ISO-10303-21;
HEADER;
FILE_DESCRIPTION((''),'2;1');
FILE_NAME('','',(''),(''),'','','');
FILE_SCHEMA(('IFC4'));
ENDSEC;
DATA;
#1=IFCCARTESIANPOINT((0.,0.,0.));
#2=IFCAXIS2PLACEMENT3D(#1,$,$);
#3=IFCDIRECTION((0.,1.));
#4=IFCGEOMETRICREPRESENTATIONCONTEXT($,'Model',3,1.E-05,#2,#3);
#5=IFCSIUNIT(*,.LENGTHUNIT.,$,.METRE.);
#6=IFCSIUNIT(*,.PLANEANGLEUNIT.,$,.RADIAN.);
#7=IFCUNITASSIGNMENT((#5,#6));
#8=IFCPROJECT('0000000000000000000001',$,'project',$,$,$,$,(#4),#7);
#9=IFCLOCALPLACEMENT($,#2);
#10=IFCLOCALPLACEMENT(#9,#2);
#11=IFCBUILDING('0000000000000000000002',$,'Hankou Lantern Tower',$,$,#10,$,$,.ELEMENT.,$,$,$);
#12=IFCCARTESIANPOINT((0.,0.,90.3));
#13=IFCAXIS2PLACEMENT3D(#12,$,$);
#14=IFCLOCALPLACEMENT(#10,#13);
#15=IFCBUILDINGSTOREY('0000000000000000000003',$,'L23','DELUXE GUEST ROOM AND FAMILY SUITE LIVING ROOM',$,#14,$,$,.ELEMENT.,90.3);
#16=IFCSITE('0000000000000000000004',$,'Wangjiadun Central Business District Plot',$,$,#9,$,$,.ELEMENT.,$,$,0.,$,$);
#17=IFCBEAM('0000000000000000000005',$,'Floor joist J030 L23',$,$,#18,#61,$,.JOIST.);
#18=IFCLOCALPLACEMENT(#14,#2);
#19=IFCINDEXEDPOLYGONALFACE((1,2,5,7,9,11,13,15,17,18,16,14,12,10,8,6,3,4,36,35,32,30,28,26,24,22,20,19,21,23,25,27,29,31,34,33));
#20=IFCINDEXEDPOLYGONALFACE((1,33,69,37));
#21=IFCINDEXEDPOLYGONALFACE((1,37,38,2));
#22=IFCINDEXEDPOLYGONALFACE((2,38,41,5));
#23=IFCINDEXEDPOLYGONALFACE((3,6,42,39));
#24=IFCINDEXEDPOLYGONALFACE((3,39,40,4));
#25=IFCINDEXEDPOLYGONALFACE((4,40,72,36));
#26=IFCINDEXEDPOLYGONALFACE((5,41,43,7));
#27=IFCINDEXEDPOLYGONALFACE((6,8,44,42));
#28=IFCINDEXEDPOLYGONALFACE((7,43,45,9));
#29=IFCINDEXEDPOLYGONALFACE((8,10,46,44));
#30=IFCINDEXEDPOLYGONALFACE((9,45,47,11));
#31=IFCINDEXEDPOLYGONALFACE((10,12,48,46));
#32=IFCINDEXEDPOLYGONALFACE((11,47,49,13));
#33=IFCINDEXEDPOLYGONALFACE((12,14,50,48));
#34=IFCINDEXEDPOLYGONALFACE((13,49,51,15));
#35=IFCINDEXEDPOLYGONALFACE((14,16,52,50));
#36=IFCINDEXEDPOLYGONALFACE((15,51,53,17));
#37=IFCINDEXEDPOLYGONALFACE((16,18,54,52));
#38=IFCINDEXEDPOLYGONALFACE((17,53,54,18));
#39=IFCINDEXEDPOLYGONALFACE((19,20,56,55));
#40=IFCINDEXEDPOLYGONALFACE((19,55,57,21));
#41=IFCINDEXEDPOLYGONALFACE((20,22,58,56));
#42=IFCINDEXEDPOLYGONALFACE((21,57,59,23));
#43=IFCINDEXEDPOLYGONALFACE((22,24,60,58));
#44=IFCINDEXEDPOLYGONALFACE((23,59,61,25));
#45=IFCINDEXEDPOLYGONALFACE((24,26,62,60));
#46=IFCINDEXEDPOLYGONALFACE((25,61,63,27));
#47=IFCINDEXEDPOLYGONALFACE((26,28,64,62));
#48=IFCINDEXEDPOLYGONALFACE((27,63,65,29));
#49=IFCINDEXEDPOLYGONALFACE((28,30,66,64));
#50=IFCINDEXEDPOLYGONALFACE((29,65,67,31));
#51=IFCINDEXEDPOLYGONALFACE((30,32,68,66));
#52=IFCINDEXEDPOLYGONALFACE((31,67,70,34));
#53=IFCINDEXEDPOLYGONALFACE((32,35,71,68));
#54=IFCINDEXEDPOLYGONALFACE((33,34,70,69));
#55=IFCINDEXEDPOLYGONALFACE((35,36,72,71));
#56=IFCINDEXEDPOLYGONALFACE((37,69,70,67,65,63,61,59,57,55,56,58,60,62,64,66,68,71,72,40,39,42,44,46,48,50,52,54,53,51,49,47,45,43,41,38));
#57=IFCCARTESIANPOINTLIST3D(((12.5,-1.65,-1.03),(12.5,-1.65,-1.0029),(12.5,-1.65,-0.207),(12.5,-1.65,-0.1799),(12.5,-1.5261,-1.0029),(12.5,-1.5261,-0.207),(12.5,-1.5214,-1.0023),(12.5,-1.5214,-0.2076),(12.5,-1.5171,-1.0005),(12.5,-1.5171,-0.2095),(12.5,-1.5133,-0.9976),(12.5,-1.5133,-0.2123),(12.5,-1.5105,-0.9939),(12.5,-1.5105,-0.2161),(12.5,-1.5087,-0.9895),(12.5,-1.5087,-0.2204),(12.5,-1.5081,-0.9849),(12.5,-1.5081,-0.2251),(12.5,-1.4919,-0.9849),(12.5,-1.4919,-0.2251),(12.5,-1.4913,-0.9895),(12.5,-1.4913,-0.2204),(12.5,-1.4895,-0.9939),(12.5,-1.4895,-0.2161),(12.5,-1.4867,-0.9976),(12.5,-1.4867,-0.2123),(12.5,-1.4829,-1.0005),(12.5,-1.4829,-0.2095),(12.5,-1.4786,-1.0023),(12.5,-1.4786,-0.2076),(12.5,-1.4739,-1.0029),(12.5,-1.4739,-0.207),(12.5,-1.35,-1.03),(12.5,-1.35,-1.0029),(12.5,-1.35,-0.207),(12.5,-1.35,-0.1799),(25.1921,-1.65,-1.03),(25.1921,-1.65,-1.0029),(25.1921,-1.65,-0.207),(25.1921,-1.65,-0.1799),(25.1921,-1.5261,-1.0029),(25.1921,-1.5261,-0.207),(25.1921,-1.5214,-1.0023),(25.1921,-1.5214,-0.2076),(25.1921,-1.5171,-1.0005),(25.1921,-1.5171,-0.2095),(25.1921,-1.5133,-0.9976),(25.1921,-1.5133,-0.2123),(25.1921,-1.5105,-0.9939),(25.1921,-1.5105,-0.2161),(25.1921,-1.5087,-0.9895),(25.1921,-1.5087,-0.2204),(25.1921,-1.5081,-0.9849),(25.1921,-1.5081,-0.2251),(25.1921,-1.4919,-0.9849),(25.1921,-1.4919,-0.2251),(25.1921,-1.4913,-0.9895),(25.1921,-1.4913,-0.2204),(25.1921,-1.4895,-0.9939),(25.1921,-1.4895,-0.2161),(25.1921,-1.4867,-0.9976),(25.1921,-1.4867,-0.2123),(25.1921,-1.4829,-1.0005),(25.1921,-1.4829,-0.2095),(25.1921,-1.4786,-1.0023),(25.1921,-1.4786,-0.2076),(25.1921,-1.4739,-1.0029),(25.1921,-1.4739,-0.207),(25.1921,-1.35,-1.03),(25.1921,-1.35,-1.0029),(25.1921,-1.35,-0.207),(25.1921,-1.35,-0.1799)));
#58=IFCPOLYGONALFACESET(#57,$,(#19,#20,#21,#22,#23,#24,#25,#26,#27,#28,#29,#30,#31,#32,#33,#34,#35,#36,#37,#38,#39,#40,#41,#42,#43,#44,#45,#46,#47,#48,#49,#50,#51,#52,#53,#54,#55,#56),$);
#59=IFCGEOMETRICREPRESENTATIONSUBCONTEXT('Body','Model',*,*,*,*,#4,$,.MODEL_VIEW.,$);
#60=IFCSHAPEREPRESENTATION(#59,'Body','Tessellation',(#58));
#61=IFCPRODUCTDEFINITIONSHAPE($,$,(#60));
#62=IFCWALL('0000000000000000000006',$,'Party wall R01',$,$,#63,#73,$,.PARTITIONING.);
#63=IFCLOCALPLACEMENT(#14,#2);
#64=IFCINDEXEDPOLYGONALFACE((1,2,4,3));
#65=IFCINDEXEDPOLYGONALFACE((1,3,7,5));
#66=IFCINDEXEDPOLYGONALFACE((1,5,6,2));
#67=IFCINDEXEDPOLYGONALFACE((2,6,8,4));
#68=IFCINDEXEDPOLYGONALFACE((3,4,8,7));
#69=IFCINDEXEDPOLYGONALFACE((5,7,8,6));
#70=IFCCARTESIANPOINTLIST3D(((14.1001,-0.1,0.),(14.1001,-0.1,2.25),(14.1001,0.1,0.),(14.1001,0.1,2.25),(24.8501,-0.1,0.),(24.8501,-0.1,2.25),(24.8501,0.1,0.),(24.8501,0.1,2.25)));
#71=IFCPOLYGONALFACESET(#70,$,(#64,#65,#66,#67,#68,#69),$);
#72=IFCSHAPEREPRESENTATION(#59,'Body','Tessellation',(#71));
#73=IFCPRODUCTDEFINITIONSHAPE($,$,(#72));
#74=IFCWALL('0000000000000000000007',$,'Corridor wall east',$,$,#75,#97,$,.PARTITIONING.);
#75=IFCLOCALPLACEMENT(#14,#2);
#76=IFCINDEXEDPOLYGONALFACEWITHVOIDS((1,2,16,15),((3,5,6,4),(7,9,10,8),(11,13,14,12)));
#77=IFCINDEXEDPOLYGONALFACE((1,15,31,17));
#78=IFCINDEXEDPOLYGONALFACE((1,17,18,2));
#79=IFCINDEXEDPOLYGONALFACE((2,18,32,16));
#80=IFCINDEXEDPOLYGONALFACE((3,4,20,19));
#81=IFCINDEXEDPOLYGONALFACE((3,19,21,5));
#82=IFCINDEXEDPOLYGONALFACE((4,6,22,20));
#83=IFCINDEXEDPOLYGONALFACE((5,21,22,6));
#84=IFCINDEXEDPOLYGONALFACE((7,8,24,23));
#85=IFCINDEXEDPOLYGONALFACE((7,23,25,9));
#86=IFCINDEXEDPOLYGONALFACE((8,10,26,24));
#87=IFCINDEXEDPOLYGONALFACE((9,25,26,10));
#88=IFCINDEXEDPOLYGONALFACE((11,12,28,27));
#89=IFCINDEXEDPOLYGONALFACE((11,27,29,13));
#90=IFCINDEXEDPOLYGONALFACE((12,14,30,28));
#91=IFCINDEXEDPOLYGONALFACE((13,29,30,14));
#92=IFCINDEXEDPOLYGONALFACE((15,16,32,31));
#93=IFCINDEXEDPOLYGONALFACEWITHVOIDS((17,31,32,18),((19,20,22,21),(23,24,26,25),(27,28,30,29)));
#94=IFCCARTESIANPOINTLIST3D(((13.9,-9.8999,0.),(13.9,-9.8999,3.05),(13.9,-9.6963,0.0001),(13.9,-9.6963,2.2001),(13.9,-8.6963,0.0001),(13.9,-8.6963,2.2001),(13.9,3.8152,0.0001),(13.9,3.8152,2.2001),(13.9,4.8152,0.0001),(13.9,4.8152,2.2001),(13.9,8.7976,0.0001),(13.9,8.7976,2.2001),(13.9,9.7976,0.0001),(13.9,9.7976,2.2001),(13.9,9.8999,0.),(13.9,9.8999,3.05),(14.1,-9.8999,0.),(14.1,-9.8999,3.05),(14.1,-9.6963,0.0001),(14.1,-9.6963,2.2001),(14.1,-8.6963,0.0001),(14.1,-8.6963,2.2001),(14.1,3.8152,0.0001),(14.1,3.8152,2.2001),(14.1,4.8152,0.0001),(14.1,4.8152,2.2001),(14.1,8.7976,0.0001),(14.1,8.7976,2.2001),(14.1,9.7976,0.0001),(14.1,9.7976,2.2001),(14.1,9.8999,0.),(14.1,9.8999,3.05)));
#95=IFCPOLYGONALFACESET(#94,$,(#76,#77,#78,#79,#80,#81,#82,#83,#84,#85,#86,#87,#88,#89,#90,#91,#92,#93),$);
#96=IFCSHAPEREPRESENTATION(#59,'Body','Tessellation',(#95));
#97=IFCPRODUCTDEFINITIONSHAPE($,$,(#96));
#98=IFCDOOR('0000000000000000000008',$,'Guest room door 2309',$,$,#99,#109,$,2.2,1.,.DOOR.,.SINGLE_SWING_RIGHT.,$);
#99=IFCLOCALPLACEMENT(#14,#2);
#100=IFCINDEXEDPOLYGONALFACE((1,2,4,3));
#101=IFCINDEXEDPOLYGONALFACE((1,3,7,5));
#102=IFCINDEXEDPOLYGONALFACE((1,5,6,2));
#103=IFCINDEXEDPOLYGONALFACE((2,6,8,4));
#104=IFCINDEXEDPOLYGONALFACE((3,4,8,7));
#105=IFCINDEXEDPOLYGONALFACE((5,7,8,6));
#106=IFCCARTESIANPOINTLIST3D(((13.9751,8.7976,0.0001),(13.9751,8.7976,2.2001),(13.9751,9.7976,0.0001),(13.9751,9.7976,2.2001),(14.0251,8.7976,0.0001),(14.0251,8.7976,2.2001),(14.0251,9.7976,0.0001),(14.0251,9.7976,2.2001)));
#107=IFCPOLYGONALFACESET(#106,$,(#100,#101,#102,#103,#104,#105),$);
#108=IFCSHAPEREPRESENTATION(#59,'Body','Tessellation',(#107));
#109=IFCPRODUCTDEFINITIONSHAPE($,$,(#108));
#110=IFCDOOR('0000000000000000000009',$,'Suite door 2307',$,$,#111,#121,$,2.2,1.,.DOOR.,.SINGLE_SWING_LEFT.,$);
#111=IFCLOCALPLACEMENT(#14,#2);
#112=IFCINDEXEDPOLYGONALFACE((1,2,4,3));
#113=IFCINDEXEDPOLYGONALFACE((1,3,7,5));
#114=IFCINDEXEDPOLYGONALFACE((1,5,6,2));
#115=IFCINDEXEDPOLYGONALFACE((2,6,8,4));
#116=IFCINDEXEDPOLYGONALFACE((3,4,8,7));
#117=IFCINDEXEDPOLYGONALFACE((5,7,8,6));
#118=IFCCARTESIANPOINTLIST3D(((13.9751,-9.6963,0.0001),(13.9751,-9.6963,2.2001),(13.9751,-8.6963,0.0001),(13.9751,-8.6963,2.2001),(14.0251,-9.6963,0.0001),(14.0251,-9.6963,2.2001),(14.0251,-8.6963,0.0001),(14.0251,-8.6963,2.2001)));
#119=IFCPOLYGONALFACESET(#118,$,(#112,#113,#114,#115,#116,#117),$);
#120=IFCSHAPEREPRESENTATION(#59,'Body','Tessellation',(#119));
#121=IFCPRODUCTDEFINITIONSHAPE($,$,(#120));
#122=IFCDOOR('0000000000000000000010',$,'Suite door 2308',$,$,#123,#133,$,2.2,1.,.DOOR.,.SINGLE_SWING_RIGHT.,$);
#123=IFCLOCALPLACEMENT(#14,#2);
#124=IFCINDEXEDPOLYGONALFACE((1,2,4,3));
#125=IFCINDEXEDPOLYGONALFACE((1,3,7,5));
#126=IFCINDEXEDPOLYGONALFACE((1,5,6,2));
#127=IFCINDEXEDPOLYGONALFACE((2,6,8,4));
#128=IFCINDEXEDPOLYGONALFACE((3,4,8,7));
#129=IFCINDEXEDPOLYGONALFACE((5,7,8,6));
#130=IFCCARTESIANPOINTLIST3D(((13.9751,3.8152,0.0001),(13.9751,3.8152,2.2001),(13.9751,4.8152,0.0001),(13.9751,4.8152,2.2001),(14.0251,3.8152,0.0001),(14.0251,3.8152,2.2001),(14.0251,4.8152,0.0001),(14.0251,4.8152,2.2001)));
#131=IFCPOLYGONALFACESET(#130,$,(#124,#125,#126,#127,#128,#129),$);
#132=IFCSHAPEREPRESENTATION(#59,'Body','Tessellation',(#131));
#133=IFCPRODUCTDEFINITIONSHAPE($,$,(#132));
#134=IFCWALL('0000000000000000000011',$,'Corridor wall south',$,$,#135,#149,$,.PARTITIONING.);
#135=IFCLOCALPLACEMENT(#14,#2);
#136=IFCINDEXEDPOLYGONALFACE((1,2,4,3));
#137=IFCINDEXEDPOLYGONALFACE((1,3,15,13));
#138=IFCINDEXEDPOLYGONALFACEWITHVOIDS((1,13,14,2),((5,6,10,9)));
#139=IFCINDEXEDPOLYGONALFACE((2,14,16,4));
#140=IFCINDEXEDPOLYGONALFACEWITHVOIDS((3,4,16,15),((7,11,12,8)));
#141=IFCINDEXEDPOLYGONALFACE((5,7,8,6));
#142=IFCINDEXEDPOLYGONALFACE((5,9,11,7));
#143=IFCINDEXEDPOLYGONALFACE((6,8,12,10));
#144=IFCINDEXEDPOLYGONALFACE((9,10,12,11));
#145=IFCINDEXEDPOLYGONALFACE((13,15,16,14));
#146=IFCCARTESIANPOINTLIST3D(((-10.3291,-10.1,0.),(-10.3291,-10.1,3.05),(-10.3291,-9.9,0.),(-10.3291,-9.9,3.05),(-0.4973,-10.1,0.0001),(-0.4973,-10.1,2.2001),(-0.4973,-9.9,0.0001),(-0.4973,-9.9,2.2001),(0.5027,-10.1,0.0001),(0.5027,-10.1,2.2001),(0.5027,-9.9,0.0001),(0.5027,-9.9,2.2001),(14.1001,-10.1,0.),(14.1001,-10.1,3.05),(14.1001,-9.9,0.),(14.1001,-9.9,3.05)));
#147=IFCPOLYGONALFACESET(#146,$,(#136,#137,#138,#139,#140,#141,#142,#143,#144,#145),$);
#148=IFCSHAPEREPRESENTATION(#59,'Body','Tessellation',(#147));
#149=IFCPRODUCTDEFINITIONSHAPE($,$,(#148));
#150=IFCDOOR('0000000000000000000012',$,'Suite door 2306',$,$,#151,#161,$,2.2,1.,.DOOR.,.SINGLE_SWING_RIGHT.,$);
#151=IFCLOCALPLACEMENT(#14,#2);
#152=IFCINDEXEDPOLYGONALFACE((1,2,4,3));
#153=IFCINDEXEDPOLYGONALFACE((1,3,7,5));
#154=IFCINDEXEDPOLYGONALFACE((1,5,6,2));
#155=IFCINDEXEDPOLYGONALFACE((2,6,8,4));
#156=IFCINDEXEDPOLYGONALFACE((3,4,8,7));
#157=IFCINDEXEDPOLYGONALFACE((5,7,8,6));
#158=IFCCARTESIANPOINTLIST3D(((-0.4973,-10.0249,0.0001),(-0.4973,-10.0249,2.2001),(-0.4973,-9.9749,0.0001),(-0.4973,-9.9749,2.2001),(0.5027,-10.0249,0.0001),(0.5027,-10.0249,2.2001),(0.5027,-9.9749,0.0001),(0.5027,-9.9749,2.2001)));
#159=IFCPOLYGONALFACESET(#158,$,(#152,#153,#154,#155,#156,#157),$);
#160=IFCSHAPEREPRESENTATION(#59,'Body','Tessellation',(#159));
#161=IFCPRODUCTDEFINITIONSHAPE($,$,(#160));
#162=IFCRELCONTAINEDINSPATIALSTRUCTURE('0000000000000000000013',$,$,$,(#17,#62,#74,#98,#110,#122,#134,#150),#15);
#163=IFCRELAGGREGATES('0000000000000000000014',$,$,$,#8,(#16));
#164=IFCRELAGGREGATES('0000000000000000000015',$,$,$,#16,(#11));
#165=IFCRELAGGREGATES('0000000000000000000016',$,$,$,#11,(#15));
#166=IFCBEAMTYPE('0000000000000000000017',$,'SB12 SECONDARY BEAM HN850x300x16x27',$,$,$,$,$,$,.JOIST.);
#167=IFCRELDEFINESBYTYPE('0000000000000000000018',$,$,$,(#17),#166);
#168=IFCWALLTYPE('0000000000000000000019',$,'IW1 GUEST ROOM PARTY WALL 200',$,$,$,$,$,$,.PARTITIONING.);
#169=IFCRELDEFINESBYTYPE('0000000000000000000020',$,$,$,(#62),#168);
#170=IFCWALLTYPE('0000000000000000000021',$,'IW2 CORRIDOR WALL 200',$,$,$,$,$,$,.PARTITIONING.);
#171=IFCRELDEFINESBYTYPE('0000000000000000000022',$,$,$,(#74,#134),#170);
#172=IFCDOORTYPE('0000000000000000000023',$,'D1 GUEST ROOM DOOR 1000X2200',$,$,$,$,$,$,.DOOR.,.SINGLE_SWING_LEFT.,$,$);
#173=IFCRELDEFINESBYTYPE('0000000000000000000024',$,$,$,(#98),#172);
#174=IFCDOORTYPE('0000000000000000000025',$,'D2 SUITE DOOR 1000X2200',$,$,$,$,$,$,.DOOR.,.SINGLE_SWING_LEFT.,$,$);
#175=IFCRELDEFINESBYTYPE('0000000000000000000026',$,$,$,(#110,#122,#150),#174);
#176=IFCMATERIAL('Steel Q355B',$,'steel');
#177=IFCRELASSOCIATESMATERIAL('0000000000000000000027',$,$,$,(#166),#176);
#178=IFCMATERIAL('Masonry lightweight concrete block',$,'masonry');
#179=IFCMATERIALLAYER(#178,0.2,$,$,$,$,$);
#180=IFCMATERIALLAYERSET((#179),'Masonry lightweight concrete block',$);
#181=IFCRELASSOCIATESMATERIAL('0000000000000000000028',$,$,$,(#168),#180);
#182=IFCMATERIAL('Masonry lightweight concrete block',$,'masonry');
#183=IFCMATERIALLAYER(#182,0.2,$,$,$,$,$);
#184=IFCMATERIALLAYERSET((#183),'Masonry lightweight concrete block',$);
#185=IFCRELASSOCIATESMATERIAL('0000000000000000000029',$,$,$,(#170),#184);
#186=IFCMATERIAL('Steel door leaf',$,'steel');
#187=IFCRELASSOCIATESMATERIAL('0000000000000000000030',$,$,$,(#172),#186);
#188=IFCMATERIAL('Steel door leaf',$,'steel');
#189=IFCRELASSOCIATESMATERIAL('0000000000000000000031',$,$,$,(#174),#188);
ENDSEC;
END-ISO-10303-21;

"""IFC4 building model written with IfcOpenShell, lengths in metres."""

from ifc_helpers import new_model, si_unit, direction, frame, frame_2d, origin, origin_2d, place, context, subcontext, project, spatial, rectangle, i_section, extrude, material, layer, layer_set, material_profile, profile_set, type_object, element, fill, save


model = new_model("IFC4")

# Units and contexts
model_context = context("Model", 3, precision=1e-05, world=origin(), true_north=direction((0.0, 1.0)))
body_context = subcontext(model_context, "Body", "Model", "MODEL_VIEW")
ifc_project = project(units=[si_unit("LENGTHUNIT", "METRE"), si_unit("PLANEANGLEUNIT", "RADIAN")], contexts=[model_context])

# Site, building, storey
site_placement = place(None, origin())
site = spatial("IfcSite", under=ifc_project, at=site_placement, Name="Wangjiadun Central Business District Plot", CompositionType="ELEMENT", RefElevation=0.0)
building_placement = place(site_placement, origin())
building = spatial("IfcBuilding", under=site, at=building_placement, Name="Hankou Lantern Tower", CompositionType="ELEMENT")
storey_placement = place(building_placement, frame((0.0, 0.0, 90.3)))
storey = spatial("IfcBuildingStorey", under=building, at=storey_placement, Name="L23", Description="DELUXE GUEST ROOM AND FAMILY SUITE LIVING ROOM", CompositionType="ELEMENT", Elevation=90.3)

# Beam
ifc_material_1 = material(Name="Steel Q355B", Category="steel")
ifc_material_profile_1 = material_profile(ifc_material_1, i_section(OverallWidth=0.3, OverallDepth=0.8501, WebThickness=0.0161, FlangeThickness=0.0271, FilletRadius=0.0181, at=origin_2d()), Name="HN850x300x16x27")
ifc_profile_set_1 = profile_set([ifc_material_profile_1], Name="Steel Q355B")
beam_type_1 = type_object("IfcBeamType", Name="SB12 SECONDARY BEAM HN850x300x16x27", PredefinedType="JOIST", material=ifc_profile_set_1)
beam_1_placement = place(storey_placement, frame((12.5, -1.5, -0.605), z_axis=(1.0, 0.0, 0.0), x_axis=(0.0, 1.0, 0.0)))
element("IfcBeam", 1, at=beam_1_placement, inside=storey, type_object=beam_type_1, Name="Floor joist J030 L23", PredefinedType="JOIST", context=body_context, shape_type="SweptSolid", body=[
    extrude(i_section(OverallWidth=0.3, OverallDepth=0.8501, WebThickness=0.0161, FlangeThickness=0.0271, FilletRadius=0.0181, at=origin_2d()), origin(), (0.0, 0.0, 1.0), 12.6921),
])

# Wall
ifc_material_2 = material(Name="Masonry lightweight concrete block", Category="masonry")
ifc_layer_1 = layer(ifc_material_2, 0.2)
ifc_layer_set_1 = layer_set([ifc_layer_1], Name="Masonry lightweight concrete block")
wall_type_1 = type_object("IfcWallType", Name="IW1 GUEST ROOM PARTY WALL 200", PredefinedType="PARTITIONING", material=ifc_layer_set_1)
wall_1_placement = place(storey_placement, frame((14.1001, 0.0, 0.0), z_axis=(0.0, 0.0, 1.0), x_axis=(1.0, 0.0, 0.0)))
element("IfcWall", 2, at=wall_1_placement, inside=storey, type_object=wall_type_1, Name="Party wall R01", PredefinedType="PARTITIONING", context=body_context, shape_type="SweptSolid", body=[
    extrude(rectangle(XDim=10.75, YDim=0.2, at=frame_2d((5.375, 0.0))), origin(), (0.0, 0.0, 1.0), 2.25),
])

# Wall, openings, doors
ifc_material_3 = material(Name="Masonry lightweight concrete block", Category="masonry")
ifc_layer_2 = layer(ifc_material_3, 0.2)
ifc_layer_set_2 = layer_set([ifc_layer_2], Name="Masonry lightweight concrete block")
wall_type_2 = type_object("IfcWallType", Name="IW2 CORRIDOR WALL 200", PredefinedType="PARTITIONING", material=ifc_layer_set_2)
wall_2_placement = place(storey_placement, frame((14.0, -9.8999, 0.0), z_axis=(0.0, 0.0, 1.0), x_axis=(0.0, 1.0, 0.0)))
wall_2 = element("IfcWall", 3, at=wall_2_placement, inside=storey, type_object=wall_type_2, Name="Corridor wall east", PredefinedType="PARTITIONING", context=body_context, shape_type="SweptSolid", body=[
    extrude(rectangle(XDim=19.7998, YDim=0.2, at=frame_2d((9.8999, 0.0))), origin(), (0.0, 0.0, 1.0), 3.05),
])
opening_1_placement = place(wall_2_placement, frame((0.2036, 0.0, 0.0)))
opening_1 = element("IfcOpeningElement", 4, at=opening_1_placement, cuts=wall_2, PredefinedType="OPENING", context=body_context, shape_type="SweptSolid", body=[
    extrude(rectangle(XDim=1.0, YDim=2.2, at=frame_2d((0.5, 1.1001))), frame((0.0, 0.1099, 0.0), z_axis=(0.0, -1.0, 0.0), x_axis=(1.0, 0.0, 0.0)), (0.0, 0.0, 1.0), 0.22),
])
opening_2_placement = place(wall_2_placement, frame((13.7151, 0.0, 0.0)))
opening_2 = element("IfcOpeningElement", 5, at=opening_2_placement, cuts=wall_2, PredefinedType="OPENING", context=body_context, shape_type="SweptSolid", body=[
    extrude(rectangle(XDim=1.0, YDim=2.2, at=frame_2d((0.5, 1.1001))), frame((0.0, 0.1099, 0.0), z_axis=(0.0, -1.0, 0.0), x_axis=(1.0, 0.0, 0.0)), (0.0, 0.0, 1.0), 0.22),
])
opening_3_placement = place(wall_2_placement, frame((18.6975, 0.0, 0.0)))
opening_3 = element("IfcOpeningElement", 6, at=opening_3_placement, cuts=wall_2, PredefinedType="OPENING", context=body_context, shape_type="SweptSolid", body=[
    extrude(rectangle(XDim=1.0, YDim=2.2, at=frame_2d((0.5, 1.1001))), frame((0.0, 0.1099, 0.0), z_axis=(0.0, -1.0, 0.0), x_axis=(1.0, 0.0, 0.0)), (0.0, 0.0, 1.0), 0.22),
])
ifc_material_4 = material(Name="Steel door leaf", Category="steel")
door_type_1 = type_object("IfcDoorType", Name="D1 GUEST ROOM DOOR 1000X2200", OperationType="SINGLE_SWING_LEFT", PredefinedType="DOOR", material=ifc_material_4)
door_1_placement = place(opening_3_placement, origin())
door_1 = element("IfcDoor", 7, at=door_1_placement, inside=storey, type_object=door_type_1, Name="Guest room door 2309", OperationType="SINGLE_SWING_RIGHT", OverallHeight=2.2, OverallWidth=1.0, PredefinedType="DOOR", context=body_context, shape_type="SweptSolid", body=[
    extrude(rectangle(XDim=1.0, YDim=2.2, at=frame_2d((0.5, 1.1001))), frame((0.0, 0.0249, 0.0), z_axis=(0.0, -1.0, 0.0), x_axis=(1.0, 0.0, 0.0)), (0.0, 0.0, 1.0), 0.05),
])
fill(opening_3, door_1)
ifc_material_5 = material(Name="Steel door leaf", Category="steel")
door_type_2 = type_object("IfcDoorType", Name="D2 SUITE DOOR 1000X2200", OperationType="SINGLE_SWING_LEFT", PredefinedType="DOOR", material=ifc_material_5)
door_2_placement = place(opening_1_placement, origin())
door_2 = element("IfcDoor", 8, at=door_2_placement, inside=storey, type_object=door_type_2, Name="Suite door 2307", OperationType="SINGLE_SWING_LEFT", OverallHeight=2.2, OverallWidth=1.0, PredefinedType="DOOR", context=body_context, shape_type="SweptSolid", body=[
    extrude(rectangle(XDim=1.0, YDim=2.2, at=frame_2d((0.5, 1.1001))), frame((0.0, 0.0249, 0.0), z_axis=(0.0, -1.0, 0.0), x_axis=(1.0, 0.0, 0.0)), (0.0, 0.0, 1.0), 0.05),
])
fill(opening_1, door_2)
door_3_placement = place(opening_2_placement, origin())
door_3 = element("IfcDoor", 9, at=door_3_placement, inside=storey, type_object=door_type_2, Name="Suite door 2308", OperationType="SINGLE_SWING_RIGHT", OverallHeight=2.2, OverallWidth=1.0, PredefinedType="DOOR", context=body_context, shape_type="SweptSolid", body=[
    extrude(rectangle(XDim=1.0, YDim=2.2, at=frame_2d((0.5, 1.1001))), frame((0.0, 0.0249, 0.0), z_axis=(0.0, -1.0, 0.0), x_axis=(1.0, 0.0, 0.0)), (0.0, 0.0, 1.0), 0.05),
])
fill(opening_2, door_3)

# Wall, opening, door
wall_3_placement = place(storey_placement, frame((14.1001, -10.0, 0.0), z_axis=(0.0, 0.0, 1.0), x_axis=(-1.0, 0.0, 0.0)))
wall_3 = element("IfcWall", 10, at=wall_3_placement, inside=storey, type_object=wall_type_2, Name="Corridor wall south", PredefinedType="PARTITIONING", context=body_context, shape_type="SweptSolid", body=[
    extrude(rectangle(XDim=24.4292, YDim=0.2, at=frame_2d((12.2146, 0.0))), origin(), (0.0, 0.0, 1.0), 3.05),
])
opening_4_placement = place(wall_3_placement, frame((13.5974, 0.0, 0.0)))
opening_4 = element("IfcOpeningElement", 11, at=opening_4_placement, cuts=wall_3, PredefinedType="OPENING", context=body_context, shape_type="SweptSolid", body=[
    extrude(rectangle(XDim=1.0, YDim=2.2, at=frame_2d((0.5, 1.1001))), frame((0.0, 0.1099, 0.0), z_axis=(0.0, -1.0, 0.0), x_axis=(1.0, 0.0, 0.0)), (0.0, 0.0, 1.0), 0.22),
])
door_4_placement = place(opening_4_placement, origin())
door_4 = element("IfcDoor", 12, at=door_4_placement, inside=storey, type_object=door_type_2, Name="Suite door 2306", OperationType="SINGLE_SWING_RIGHT", OverallHeight=2.2, OverallWidth=1.0, PredefinedType="DOOR", context=body_context, shape_type="SweptSolid", body=[
    extrude(rectangle(XDim=1.0, YDim=2.2, at=frame_2d((0.5, 1.1001))), frame((0.0, 0.0249, 0.0), z_axis=(0.0, -1.0, 0.0), x_axis=(1.0, 0.0, 0.0)), (0.0, 0.0, 1.0), 0.05),
])
fill(opening_4, door_4)

save(model, "model.ifc")
